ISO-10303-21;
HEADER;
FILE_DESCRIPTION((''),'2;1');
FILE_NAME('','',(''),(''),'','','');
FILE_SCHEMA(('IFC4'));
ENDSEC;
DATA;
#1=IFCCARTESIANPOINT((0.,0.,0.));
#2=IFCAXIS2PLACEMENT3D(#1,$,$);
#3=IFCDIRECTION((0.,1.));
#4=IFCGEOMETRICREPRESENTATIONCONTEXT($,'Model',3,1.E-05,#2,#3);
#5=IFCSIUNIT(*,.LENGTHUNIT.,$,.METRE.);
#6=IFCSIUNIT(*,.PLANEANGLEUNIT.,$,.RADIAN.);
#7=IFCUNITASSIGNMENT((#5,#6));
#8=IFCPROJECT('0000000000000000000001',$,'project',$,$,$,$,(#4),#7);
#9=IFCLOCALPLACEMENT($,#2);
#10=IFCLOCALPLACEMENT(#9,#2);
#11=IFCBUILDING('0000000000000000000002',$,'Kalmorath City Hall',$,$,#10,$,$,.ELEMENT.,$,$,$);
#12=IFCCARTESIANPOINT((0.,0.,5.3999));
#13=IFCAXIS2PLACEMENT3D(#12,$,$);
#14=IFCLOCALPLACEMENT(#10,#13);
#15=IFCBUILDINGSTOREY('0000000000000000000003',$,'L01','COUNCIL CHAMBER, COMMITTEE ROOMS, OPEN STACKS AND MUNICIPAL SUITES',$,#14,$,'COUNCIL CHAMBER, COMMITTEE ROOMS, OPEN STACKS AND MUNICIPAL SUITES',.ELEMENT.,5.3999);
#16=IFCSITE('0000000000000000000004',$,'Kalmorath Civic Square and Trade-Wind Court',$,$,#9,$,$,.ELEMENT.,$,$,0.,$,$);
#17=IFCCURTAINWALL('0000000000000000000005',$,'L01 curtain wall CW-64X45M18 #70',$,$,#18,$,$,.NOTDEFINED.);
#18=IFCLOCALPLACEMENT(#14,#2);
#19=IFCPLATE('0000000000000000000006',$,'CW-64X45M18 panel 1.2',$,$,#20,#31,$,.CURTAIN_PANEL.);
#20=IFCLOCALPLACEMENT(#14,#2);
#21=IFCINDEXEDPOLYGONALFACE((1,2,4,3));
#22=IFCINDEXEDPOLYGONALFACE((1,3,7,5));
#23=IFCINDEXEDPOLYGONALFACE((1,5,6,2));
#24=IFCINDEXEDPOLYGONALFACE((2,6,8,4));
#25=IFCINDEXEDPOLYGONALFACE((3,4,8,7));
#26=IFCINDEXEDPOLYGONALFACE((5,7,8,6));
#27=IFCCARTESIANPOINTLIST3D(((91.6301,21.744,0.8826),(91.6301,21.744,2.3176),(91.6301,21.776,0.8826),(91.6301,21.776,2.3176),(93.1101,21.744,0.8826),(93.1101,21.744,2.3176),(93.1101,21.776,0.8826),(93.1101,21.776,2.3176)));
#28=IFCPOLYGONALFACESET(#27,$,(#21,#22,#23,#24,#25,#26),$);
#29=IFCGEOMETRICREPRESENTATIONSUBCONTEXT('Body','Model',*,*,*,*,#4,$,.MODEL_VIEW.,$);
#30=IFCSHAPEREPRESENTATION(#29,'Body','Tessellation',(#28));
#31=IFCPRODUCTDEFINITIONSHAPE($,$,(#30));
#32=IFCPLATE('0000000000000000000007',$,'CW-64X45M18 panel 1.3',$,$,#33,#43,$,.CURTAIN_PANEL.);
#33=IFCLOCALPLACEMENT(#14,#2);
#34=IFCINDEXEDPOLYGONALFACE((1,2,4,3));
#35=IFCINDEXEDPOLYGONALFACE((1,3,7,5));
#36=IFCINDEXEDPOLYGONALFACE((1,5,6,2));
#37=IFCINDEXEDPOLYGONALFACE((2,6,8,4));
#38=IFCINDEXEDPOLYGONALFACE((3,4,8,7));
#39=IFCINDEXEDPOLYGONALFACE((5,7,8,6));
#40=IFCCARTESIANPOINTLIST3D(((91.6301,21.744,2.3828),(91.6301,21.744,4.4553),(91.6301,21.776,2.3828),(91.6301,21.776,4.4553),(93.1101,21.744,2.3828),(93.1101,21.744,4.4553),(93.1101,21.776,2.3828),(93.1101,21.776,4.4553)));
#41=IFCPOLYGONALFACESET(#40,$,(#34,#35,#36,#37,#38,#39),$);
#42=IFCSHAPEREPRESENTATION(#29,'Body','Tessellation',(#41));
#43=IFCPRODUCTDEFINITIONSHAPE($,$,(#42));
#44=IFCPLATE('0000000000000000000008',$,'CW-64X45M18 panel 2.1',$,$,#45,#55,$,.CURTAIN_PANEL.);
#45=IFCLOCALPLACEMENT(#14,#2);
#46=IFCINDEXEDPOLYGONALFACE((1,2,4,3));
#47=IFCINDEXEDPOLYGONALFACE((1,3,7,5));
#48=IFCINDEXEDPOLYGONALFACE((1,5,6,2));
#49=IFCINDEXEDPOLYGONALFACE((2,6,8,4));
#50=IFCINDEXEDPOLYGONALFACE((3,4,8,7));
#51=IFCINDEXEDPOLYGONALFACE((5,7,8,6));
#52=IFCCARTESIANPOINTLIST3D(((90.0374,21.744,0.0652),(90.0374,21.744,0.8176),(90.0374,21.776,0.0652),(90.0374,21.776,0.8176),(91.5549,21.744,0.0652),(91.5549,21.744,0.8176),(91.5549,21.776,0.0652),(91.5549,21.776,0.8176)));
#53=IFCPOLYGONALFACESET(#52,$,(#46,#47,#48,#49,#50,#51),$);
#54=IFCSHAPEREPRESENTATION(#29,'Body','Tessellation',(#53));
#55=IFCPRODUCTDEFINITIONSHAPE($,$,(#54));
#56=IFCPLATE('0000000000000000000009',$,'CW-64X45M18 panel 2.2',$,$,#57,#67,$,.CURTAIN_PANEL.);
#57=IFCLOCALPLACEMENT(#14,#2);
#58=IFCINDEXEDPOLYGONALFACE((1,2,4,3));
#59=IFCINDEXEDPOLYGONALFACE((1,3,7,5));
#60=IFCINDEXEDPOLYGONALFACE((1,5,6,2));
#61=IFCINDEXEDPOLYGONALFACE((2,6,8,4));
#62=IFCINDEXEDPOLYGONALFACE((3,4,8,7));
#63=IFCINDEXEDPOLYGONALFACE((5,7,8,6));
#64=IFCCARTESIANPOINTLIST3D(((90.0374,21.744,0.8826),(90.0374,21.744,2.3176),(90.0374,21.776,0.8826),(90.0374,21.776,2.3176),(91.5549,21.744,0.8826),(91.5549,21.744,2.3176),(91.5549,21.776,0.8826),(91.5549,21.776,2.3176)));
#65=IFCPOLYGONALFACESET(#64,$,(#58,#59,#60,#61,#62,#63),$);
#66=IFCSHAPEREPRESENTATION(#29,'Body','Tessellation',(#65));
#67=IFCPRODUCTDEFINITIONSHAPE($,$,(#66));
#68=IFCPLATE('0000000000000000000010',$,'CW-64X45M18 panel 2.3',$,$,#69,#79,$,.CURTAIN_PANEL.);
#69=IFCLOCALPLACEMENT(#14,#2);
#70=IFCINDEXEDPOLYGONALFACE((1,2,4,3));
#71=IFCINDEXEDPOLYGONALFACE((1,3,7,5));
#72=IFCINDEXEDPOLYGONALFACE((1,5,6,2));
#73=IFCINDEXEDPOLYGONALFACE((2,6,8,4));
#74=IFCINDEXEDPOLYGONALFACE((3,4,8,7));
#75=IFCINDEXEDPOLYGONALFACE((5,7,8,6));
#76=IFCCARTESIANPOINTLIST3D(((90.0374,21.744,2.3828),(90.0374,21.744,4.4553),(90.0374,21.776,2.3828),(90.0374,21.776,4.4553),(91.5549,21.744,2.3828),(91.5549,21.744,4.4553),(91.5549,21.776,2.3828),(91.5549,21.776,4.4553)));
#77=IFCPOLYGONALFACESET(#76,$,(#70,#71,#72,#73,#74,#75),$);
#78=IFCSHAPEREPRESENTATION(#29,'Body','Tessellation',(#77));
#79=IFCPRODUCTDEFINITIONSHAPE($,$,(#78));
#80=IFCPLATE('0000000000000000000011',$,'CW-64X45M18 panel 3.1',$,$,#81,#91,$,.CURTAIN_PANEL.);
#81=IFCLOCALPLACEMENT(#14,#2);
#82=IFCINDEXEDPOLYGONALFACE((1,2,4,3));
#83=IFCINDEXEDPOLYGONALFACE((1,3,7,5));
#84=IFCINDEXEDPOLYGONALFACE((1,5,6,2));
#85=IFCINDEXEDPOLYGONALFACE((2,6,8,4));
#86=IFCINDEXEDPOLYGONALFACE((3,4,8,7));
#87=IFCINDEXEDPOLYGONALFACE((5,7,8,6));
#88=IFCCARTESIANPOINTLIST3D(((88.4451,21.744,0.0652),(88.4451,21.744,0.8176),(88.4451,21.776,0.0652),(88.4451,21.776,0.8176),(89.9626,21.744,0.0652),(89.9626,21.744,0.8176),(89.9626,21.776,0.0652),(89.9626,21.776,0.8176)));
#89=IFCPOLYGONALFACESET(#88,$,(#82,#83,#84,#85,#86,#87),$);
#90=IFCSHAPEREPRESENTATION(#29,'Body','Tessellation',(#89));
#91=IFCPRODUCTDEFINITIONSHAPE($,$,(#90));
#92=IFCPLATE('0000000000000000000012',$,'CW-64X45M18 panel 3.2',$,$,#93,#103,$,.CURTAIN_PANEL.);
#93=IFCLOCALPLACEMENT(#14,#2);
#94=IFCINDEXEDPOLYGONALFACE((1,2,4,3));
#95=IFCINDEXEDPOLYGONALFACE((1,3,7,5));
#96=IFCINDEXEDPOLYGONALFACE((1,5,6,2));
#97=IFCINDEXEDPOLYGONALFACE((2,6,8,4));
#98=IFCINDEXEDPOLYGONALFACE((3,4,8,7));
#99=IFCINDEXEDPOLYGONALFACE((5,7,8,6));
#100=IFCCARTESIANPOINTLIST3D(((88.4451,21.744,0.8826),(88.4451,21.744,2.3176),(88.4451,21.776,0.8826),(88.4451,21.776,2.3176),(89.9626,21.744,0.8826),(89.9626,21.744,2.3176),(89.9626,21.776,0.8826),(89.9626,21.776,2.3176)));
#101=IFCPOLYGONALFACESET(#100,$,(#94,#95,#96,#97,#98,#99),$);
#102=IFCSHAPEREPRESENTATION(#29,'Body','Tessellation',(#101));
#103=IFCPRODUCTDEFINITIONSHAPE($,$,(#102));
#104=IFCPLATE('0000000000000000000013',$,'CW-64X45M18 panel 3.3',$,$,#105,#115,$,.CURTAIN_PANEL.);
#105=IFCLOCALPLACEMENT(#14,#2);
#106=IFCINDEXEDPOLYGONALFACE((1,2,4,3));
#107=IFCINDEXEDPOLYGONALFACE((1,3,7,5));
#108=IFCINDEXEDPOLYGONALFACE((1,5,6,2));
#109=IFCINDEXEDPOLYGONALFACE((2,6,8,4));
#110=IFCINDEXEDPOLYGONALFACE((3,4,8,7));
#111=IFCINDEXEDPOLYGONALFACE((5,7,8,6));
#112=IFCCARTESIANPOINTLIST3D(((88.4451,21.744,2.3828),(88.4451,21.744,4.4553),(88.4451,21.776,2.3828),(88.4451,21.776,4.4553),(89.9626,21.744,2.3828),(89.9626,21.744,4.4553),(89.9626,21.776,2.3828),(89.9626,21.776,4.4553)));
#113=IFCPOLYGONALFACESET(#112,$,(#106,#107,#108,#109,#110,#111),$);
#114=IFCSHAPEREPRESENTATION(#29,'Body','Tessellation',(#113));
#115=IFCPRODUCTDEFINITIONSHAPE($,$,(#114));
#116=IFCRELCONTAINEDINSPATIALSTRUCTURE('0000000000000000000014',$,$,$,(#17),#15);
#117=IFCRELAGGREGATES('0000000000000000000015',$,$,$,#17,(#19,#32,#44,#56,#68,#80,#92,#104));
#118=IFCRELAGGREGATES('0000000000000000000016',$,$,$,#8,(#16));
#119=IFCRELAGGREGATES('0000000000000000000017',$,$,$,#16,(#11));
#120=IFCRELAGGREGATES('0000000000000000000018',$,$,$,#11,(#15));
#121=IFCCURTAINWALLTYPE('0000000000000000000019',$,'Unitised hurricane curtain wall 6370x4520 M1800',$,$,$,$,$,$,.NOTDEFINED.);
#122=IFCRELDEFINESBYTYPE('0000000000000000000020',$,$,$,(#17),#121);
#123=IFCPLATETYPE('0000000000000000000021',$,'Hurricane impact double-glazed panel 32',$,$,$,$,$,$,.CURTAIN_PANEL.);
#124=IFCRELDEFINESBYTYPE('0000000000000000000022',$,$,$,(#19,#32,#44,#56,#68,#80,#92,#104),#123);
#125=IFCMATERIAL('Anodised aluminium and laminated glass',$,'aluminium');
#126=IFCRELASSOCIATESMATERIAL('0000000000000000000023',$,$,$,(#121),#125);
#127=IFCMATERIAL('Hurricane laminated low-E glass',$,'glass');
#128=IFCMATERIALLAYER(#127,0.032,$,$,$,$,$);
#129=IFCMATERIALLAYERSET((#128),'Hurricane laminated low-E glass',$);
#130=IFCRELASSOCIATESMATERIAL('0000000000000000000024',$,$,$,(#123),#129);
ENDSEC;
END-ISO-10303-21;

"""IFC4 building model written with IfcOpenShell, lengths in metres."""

from ifc_helpers import new_model, si_unit, direction, frame, origin, origin_2d, place, context, subcontext, project, spatial, rectangle, extrude, material, layer, layer_set, type_object, element, aggregate, save


model = new_model("IFC4")

# Units and contexts
model_context = context("Model", 3, precision=1e-05, world=origin(), true_north=direction((0.0, 1.0)))
body_context = subcontext(model_context, "Body", "Model", "MODEL_VIEW")
ifc_project = project(units=[si_unit("LENGTHUNIT", "METRE"), si_unit("PLANEANGLEUNIT", "RADIAN")], contexts=[model_context])

# Site, building, storey
site_placement = place(None, origin())
site = spatial("IfcSite", under=ifc_project, at=site_placement, Name="Kalmorath Civic Square and Trade-Wind Court", CompositionType="ELEMENT", RefElevation=0.0)
building_placement = place(site_placement, origin())
building = spatial("IfcBuilding", under=site, at=building_placement, Name="Kalmorath City Hall", CompositionType="ELEMENT")
storey_placement = place(building_placement, frame((0.0, 0.0, 5.3999)))
storey = spatial("IfcBuildingStorey", under=building, at=storey_placement, Name="L01", Description="COUNCIL CHAMBER, COMMITTEE ROOMS, OPEN STACKS AND MUNICIPAL SUITES", LongName="COUNCIL CHAMBER, COMMITTEE ROOMS, OPEN STACKS AND MUNICIPAL SUITES", CompositionType="ELEMENT", Elevation=5.3999)

# Curtain wall
ifc_material_1 = material(Name="Anodised aluminium and laminated glass", Category="aluminium")
curtain_wall_type = type_object("IfcCurtainWallType", Name="Unitised hurricane curtain wall 6370x4520 M1800", PredefinedType="NOTDEFINED", material=ifc_material_1)
curtain_wall_placement = place(storey_placement, origin())
curtain_wall = element("IfcCurtainWall", 1, at=curtain_wall_placement, inside=storey, type_object=curtain_wall_type, Name="L01 curtain wall CW-64X45M18 #70", PredefinedType="NOTDEFINED")

# Plates
ifc_material_2 = material(Name="Hurricane laminated low-E glass", Category="glass")
ifc_layer = layer(ifc_material_2, 0.032)
ifc_layer_set = layer_set([ifc_layer], Name="Hurricane laminated low-E glass")
plate_type = type_object("IfcPlateType", Name="Hurricane impact double-glazed panel 32", PredefinedType="CURTAIN_PANEL", material=ifc_layer_set)
plate_1_placement = place(storey_placement, frame((92.3701, 21.76, 0.8826), z_axis=(0.0, 0.0, 1.0), x_axis=(-1.0, 0.0, 0.0)))
plate_1 = element("IfcPlate", 2, at=plate_1_placement, type_object=plate_type, Name="CW-64X45M18 panel 1.2", PredefinedType="CURTAIN_PANEL", context=body_context, shape_type="SweptSolid", body=[
    extrude(rectangle(XDim=1.48, YDim=0.032, at=origin_2d()), origin(), (0.0, 0.0, 1.0), 1.4351),
])
plate_2_placement = place(storey_placement, frame((92.3701, 21.76, 2.3828), z_axis=(0.0, 0.0, 1.0), x_axis=(-1.0, 0.0, 0.0)))
plate_2 = element("IfcPlate", 3, at=plate_2_placement, type_object=plate_type, Name="CW-64X45M18 panel 1.3", PredefinedType="CURTAIN_PANEL", context=body_context, shape_type="SweptSolid", body=[
    extrude(rectangle(XDim=1.48, YDim=0.032, at=origin_2d()), origin(), (0.0, 0.0, 1.0), 2.0725),
])
plate_3_placement = place(storey_placement, frame((90.7961, 21.76, 0.0652), z_axis=(0.0, 0.0, 1.0), x_axis=(-1.0, 0.0, 0.0)))
plate_3 = element("IfcPlate", 4, at=plate_3_placement, type_object=plate_type, Name="CW-64X45M18 panel 2.1", PredefinedType="CURTAIN_PANEL", context=body_context, shape_type="SweptSolid", body=[
    extrude(rectangle(XDim=1.5176, YDim=0.032, at=origin_2d()), origin(), (0.0, 0.0, 1.0), 0.7524),
])
plate_4_placement = place(storey_placement, frame((90.7961, 21.76, 0.8826), z_axis=(0.0, 0.0, 1.0), x_axis=(-1.0, 0.0, 0.0)))
plate_4 = element("IfcPlate", 5, at=plate_4_placement, type_object=plate_type, Name="CW-64X45M18 panel 2.2", PredefinedType="CURTAIN_PANEL", context=body_context, shape_type="SweptSolid", body=[
    extrude(rectangle(XDim=1.5176, YDim=0.032, at=origin_2d()), origin(), (0.0, 0.0, 1.0), 1.4351),
])
plate_5_placement = place(storey_placement, frame((90.7961, 21.76, 2.3828), z_axis=(0.0, 0.0, 1.0), x_axis=(-1.0, 0.0, 0.0)))
plate_5 = element("IfcPlate", 6, at=plate_5_placement, type_object=plate_type, Name="CW-64X45M18 panel 2.3", PredefinedType="CURTAIN_PANEL", context=body_context, shape_type="SweptSolid", body=[
    extrude(rectangle(XDim=1.5176, YDim=0.032, at=origin_2d()), origin(), (0.0, 0.0, 1.0), 2.0725),
])
plate_6_placement = place(storey_placement, frame((89.2039, 21.76, 0.0652), z_axis=(0.0, 0.0, 1.0), x_axis=(-1.0, 0.0, 0.0)))
plate_6 = element("IfcPlate", 7, at=plate_6_placement, type_object=plate_type, Name="CW-64X45M18 panel 3.1", PredefinedType="CURTAIN_PANEL", context=body_context, shape_type="SweptSolid", body=[
    extrude(rectangle(XDim=1.5176, YDim=0.032, at=origin_2d()), origin(), (0.0, 0.0, 1.0), 0.7524),
])
plate_7_placement = place(storey_placement, frame((89.2039, 21.76, 0.8826), z_axis=(0.0, 0.0, 1.0), x_axis=(-1.0, 0.0, 0.0)))
plate_7 = element("IfcPlate", 8, at=plate_7_placement, type_object=plate_type, Name="CW-64X45M18 panel 3.2", PredefinedType="CURTAIN_PANEL", context=body_context, shape_type="SweptSolid", body=[
    extrude(rectangle(XDim=1.5176, YDim=0.032, at=origin_2d()), origin(), (0.0, 0.0, 1.0), 1.4351),
])
plate_8_placement = place(storey_placement, frame((89.2039, 21.76, 2.3828), z_axis=(0.0, 0.0, 1.0), x_axis=(-1.0, 0.0, 0.0)))
plate_8 = element("IfcPlate", 9, at=plate_8_placement, type_object=plate_type, Name="CW-64X45M18 panel 3.3", PredefinedType="CURTAIN_PANEL", context=body_context, shape_type="SweptSolid", body=[
    extrude(rectangle(XDim=1.5176, YDim=0.032, at=origin_2d()), origin(), (0.0, 0.0, 1.0), 2.0725),
])
aggregate(curtain_wall, [plate_1, plate_2, plate_3, plate_4, plate_5, plate_6, plate_7, plate_8])

save(model, "model.ifc")
